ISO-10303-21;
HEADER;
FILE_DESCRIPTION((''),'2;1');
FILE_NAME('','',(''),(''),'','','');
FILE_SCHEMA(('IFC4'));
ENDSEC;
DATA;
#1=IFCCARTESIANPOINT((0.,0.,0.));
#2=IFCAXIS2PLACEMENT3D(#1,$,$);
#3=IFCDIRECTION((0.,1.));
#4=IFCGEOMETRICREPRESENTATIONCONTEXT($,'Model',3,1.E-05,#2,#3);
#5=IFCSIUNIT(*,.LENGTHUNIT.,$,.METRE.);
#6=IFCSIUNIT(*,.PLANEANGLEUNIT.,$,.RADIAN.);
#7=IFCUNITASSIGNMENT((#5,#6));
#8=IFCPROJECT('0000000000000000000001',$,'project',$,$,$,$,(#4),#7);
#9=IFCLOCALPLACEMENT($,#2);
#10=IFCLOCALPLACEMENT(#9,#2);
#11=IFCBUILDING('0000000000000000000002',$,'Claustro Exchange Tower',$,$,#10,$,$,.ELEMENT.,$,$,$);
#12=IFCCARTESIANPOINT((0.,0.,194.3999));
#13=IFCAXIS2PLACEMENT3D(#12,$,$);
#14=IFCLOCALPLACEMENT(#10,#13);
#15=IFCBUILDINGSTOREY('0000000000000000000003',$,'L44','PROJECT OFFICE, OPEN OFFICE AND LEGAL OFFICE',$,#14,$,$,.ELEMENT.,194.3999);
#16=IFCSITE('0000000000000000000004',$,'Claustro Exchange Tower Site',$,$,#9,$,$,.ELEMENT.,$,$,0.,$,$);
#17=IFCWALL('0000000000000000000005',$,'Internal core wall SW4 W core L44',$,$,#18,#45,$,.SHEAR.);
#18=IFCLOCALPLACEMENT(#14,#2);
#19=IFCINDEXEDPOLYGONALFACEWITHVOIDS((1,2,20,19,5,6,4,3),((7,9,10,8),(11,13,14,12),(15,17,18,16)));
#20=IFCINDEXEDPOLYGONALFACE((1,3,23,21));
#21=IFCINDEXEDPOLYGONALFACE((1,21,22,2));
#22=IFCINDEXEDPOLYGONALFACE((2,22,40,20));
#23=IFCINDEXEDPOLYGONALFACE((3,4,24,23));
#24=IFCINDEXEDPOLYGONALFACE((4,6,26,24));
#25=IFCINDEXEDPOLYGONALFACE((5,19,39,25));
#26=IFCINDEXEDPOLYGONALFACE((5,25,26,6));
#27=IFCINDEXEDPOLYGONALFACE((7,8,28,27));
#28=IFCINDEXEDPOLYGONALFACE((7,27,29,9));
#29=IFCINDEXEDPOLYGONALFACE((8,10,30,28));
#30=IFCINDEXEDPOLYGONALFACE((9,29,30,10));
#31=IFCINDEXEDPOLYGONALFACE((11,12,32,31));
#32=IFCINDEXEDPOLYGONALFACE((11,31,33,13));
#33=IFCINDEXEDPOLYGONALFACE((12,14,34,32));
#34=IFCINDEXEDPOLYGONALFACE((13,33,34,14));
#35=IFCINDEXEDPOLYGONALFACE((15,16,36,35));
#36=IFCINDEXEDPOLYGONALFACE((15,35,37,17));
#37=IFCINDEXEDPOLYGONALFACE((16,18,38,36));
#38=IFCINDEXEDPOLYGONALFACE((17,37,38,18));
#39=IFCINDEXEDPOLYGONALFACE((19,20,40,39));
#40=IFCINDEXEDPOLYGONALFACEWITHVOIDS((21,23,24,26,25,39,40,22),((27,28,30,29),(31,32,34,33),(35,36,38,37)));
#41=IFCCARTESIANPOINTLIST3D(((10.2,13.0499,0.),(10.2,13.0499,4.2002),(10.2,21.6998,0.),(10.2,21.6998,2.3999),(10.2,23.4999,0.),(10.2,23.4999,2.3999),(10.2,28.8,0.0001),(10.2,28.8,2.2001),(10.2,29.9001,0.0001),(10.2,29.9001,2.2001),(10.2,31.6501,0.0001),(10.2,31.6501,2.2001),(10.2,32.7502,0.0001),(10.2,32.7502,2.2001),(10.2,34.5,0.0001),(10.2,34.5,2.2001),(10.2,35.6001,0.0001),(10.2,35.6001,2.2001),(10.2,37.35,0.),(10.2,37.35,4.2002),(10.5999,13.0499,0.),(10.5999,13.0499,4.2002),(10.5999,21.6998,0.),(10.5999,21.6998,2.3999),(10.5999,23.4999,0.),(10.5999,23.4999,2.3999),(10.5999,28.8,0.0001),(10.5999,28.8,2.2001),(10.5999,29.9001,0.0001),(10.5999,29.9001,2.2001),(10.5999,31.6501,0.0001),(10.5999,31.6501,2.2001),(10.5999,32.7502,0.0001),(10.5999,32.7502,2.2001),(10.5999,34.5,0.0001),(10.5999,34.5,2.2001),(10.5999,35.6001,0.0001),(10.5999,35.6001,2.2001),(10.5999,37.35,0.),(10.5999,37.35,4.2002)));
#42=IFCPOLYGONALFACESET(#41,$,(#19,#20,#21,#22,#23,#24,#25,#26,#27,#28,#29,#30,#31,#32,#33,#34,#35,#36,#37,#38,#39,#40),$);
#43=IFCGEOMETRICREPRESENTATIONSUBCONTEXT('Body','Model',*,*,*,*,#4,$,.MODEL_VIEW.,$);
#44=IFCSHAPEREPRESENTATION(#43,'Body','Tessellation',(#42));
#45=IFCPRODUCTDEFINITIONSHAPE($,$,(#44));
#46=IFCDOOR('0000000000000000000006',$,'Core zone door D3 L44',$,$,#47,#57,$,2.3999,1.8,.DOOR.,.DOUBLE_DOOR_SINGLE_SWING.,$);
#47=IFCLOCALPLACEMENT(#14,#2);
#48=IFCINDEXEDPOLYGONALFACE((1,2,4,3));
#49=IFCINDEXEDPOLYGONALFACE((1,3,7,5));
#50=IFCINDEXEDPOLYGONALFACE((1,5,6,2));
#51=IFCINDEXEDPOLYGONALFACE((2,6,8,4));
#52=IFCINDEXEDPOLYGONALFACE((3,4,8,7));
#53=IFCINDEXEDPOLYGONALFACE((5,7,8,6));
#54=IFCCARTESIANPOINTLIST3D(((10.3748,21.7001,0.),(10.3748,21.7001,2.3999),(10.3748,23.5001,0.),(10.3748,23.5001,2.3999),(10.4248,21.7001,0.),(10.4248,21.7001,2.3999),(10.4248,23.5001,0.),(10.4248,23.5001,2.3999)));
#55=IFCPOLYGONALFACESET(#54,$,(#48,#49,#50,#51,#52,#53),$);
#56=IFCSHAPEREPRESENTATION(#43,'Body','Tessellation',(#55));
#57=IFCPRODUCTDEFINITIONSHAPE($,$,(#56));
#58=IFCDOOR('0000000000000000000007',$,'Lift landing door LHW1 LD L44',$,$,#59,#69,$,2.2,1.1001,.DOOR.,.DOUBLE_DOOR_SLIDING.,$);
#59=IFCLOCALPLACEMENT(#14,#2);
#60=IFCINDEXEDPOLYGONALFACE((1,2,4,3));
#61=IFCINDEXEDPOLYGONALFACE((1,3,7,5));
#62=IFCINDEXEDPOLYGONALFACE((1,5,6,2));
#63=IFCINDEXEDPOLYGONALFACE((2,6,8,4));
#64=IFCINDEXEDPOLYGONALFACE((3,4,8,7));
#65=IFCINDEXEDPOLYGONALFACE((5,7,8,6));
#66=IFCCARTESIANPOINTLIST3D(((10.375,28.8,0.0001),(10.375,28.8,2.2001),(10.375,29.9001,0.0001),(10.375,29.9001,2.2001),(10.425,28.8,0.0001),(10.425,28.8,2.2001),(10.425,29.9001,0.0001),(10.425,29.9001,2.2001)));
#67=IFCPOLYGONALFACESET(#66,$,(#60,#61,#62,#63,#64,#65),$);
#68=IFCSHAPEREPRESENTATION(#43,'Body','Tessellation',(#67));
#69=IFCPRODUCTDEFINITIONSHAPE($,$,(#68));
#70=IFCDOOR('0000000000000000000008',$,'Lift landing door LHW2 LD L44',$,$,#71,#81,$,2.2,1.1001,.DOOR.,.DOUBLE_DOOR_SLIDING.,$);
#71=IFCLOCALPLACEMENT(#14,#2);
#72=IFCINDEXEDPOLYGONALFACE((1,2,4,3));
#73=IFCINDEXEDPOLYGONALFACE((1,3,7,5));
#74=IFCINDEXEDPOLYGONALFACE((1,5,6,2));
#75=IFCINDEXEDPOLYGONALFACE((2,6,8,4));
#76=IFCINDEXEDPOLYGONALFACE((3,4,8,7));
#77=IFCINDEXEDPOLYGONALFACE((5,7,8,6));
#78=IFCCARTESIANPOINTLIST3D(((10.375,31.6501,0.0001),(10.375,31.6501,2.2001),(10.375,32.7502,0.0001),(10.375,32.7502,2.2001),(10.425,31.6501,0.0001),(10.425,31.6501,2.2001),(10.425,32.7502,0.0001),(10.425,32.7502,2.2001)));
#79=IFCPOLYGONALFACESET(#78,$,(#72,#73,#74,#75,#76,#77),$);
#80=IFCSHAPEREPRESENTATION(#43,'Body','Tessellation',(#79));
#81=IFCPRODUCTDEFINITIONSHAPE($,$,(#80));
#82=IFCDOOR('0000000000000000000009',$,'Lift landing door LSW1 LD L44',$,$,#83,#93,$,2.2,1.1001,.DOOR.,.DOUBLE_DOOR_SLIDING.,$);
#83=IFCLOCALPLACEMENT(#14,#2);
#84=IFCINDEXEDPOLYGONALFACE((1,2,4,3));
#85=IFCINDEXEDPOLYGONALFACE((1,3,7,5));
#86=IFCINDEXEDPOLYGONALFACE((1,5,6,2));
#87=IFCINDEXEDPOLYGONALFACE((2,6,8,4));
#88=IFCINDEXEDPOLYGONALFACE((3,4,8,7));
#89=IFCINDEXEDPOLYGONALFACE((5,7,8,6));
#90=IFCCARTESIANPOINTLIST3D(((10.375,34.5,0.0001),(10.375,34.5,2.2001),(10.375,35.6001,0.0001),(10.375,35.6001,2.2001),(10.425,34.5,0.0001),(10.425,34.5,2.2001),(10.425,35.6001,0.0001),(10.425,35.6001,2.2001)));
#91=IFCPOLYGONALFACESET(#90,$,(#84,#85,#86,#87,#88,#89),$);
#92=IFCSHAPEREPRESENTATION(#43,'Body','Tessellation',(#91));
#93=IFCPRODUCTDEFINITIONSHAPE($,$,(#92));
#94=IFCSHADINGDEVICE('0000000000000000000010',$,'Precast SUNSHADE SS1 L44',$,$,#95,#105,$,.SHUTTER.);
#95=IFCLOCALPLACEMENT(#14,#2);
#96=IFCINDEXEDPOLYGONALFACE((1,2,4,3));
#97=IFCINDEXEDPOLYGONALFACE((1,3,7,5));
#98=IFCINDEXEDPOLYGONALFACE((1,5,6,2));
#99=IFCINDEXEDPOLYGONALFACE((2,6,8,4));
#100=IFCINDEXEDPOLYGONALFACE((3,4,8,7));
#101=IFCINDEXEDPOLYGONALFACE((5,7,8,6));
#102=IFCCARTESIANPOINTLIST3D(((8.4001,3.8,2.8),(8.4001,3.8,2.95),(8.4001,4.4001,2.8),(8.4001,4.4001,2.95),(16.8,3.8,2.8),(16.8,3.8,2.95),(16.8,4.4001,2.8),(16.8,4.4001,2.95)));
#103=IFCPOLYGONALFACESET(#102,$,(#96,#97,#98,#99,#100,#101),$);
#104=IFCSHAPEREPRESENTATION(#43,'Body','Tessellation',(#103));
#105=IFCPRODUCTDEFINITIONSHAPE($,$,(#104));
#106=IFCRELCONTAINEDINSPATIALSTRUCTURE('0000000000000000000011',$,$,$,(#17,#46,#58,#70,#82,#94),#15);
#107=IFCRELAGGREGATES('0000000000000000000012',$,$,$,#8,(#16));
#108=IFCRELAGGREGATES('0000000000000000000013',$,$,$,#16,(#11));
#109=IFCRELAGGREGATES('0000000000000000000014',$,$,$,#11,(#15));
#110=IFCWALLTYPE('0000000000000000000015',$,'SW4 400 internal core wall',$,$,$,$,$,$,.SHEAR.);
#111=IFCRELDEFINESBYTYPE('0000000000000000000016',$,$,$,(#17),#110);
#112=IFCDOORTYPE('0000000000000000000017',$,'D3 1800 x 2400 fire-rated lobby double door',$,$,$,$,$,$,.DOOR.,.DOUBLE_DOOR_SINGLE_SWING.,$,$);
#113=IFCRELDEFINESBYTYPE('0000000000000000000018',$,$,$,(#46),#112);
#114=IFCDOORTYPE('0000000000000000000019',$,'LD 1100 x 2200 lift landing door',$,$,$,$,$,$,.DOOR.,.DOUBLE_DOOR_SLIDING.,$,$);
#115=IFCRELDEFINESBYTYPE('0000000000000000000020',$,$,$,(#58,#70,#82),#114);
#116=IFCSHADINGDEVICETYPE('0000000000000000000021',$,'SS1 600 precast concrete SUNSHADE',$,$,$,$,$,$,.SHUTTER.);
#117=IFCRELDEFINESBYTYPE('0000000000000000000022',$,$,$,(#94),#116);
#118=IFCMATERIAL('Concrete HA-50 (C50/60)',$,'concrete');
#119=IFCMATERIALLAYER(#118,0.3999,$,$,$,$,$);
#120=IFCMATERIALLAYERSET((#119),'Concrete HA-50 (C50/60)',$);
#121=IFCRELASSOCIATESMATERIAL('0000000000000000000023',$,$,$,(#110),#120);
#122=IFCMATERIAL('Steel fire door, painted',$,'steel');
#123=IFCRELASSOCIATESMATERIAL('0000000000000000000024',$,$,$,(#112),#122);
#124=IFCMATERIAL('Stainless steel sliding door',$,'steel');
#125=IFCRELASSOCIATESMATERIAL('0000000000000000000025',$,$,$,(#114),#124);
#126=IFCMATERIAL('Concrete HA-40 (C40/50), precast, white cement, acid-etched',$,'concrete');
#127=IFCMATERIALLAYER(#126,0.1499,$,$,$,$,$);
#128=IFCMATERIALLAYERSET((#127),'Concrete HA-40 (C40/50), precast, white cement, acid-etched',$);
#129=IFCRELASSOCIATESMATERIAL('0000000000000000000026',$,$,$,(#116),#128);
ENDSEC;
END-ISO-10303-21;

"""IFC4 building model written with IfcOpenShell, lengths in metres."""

from ifc_helpers import new_model, si_unit, direction, frame, frame_2d, origin, origin_2d, place, context, subcontext, project, spatial, rectangle, extrude, material, layer, layer_set, type_object, element, fill, save


model = new_model("IFC4")

# Units and contexts
model_context = context("Model", 3, precision=1e-05, world=origin(), true_north=direction((0.0, 1.0)))
body_context = subcontext(model_context, "Body", "Model", "MODEL_VIEW")
ifc_project = project(units=[si_unit("LENGTHUNIT", "METRE"), si_unit("PLANEANGLEUNIT", "RADIAN")], contexts=[model_context])

# Site, building, storey
site_placement = place(None, origin())
site = spatial("IfcSite", under=ifc_project, at=site_placement, Name="Claustro Exchange Tower Site", CompositionType="ELEMENT", RefElevation=0.0)
building_placement = place(site_placement, origin())
building = spatial("IfcBuilding", under=site, at=building_placement, Name="Claustro Exchange Tower", CompositionType="ELEMENT")
storey_placement = place(building_placement, frame((0.0, 0.0, 194.3999)))
storey = spatial("IfcBuildingStorey", under=building, at=storey_placement, Name="L44", Description="PROJECT OFFICE, OPEN OFFICE AND LEGAL OFFICE", CompositionType="ELEMENT", Elevation=194.3999)

# Wall, openings, doors
ifc_material_1 = material(Name="Concrete HA-50 (C50/60)", Category="concrete")
ifc_layer_1 = layer(ifc_material_1, 0.3999)
ifc_layer_set_1 = layer_set([ifc_layer_1], Name="Concrete HA-50 (C50/60)")
wall_type_1 = type_object("IfcWallType", Name="SW4 400 internal core wall", PredefinedType="SHEAR", material=ifc_layer_set_1)
wall_1_placement = place(storey_placement, frame((10.3999, 13.05, 0.0), z_axis=(0.0, 0.0, 1.0), x_axis=(0.0, 1.0, 0.0)))
wall_1 = element("IfcWall", 1, at=wall_1_placement, inside=storey, type_object=wall_type_1, Name="Internal core wall SW4 W core L44", PredefinedType="SHEAR", context=body_context, shape_type="SweptSolid", body=[
    extrude(rectangle(XDim=24.3, YDim=0.3999, at=frame_2d((12.1499, 0.0))), origin(), (0.0, 0.0, 1.0), 4.2002),
])
opening_1_placement = place(wall_1_placement, frame((15.75, 0.0, 0.0)))
opening_1 = element("IfcOpeningElement", 2, at=opening_1_placement, cuts=wall_1, PredefinedType="OPENING", context=body_context, shape_type="SweptSolid", body=[
    extrude(rectangle(XDim=1.1001, YDim=2.2, at=frame_2d((0.55, 1.1001))), frame((0.0, 0.21, 0.0), z_axis=(0.0, -1.0, 0.0), x_axis=(1.0, 0.0, 0.0)), (0.0, 0.0, 1.0), 0.4199),
])
opening_2_placement = place(wall_1_placement, frame((18.6001, 0.0, 0.0)))
opening_2 = element("IfcOpeningElement", 3, at=opening_2_placement, cuts=wall_1, PredefinedType="OPENING", context=body_context, shape_type="SweptSolid", body=[
    extrude(rectangle(XDim=1.1001, YDim=2.2, at=frame_2d((0.55, 1.1001))), frame((0.0, 0.21, 0.0), z_axis=(0.0, -1.0, 0.0), x_axis=(1.0, 0.0, 0.0)), (0.0, 0.0, 1.0), 0.4199),
])
opening_3_placement = place(wall_1_placement, frame((21.45, 0.0, 0.0)))
opening_3 = element("IfcOpeningElement", 4, at=opening_3_placement, cuts=wall_1, PredefinedType="OPENING", context=body_context, shape_type="SweptSolid", body=[
    extrude(rectangle(XDim=1.1001, YDim=2.2, at=frame_2d((0.55, 1.1001))), frame((0.0, 0.21, 0.0), z_axis=(0.0, -1.0, 0.0), x_axis=(1.0, 0.0, 0.0)), (0.0, 0.0, 1.0), 0.4199),
])
opening_4_placement = place(wall_1_placement, frame((8.6499, 0.0, 0.0)))
opening_4 = element("IfcOpeningElement", 5, at=opening_4_placement, cuts=wall_1, PredefinedType="OPENING", context=body_context, shape_type="SweptSolid", body=[
    extrude(rectangle(XDim=1.8, YDim=2.3999, at=frame_2d((0.8999, 1.2))), frame((0.0, 0.21, 0.0), z_axis=(0.0, -1.0, 0.0), x_axis=(1.0, 0.0, 0.0)), (0.0, 0.0, 1.0), 0.4199),
])
ifc_material_2 = material(Name="Steel fire door, painted", Category="steel")
door_type_1 = type_object("IfcDoorType", Name="D3 1800 x 2400 fire-rated lobby double door", OperationType="DOUBLE_DOOR_SINGLE_SWING", PredefinedType="DOOR", material=ifc_material_2)
door_1_placement = place(opening_4_placement, frame((1.8, 0.0, 0.0), z_axis=(0.0, 0.0, 1.0), x_axis=(-1.0, 0.0, 0.0)))
door_1 = element("IfcDoor", 6, at=door_1_placement, inside=storey, type_object=door_type_1, Name="Core zone door D3 L44", OperationType="DOUBLE_DOOR_SINGLE_SWING", OverallHeight=2.3999, OverallWidth=1.8, PredefinedType="DOOR", context=body_context, shape_type="SweptSolid", body=[
    extrude(rectangle(XDim=1.8, YDim=2.3999, at=frame_2d((0.8999, 1.2))), frame((0.0, 0.0249, 0.0), z_axis=(0.0, -1.0, 0.0), x_axis=(1.0, 0.0, 0.0)), (0.0, 0.0, 1.0), 0.05),
])
fill(opening_4, door_1)
ifc_material_3 = material(Name="Stainless steel sliding door", Category="steel")
door_type_2 = type_object("IfcDoorType", Name="LD 1100 x 2200 lift landing door", OperationType="DOUBLE_DOOR_SLIDING", PredefinedType="DOOR", material=ifc_material_3)
door_2_placement = place(opening_1_placement, origin())
door_2 = element("IfcDoor", 7, at=door_2_placement, inside=storey, type_object=door_type_2, Name="Lift landing door LHW1 LD L44", OperationType="DOUBLE_DOOR_SLIDING", OverallHeight=2.2, OverallWidth=1.1001, PredefinedType="DOOR", context=body_context, shape_type="SweptSolid", body=[
    extrude(rectangle(XDim=1.1001, YDim=2.2, at=frame_2d((0.55, 1.1001))), frame((0.0, 0.0249, 0.0), z_axis=(0.0, -1.0, 0.0), x_axis=(1.0, 0.0, 0.0)), (0.0, 0.0, 1.0), 0.05),
])
fill(opening_1, door_2)
door_3_placement = place(opening_2_placement, origin())
door_3 = element("IfcDoor", 8, at=door_3_placement, inside=storey, type_object=door_type_2, Name="Lift landing door LHW2 LD L44", OperationType="DOUBLE_DOOR_SLIDING", OverallHeight=2.2, OverallWidth=1.1001, PredefinedType="DOOR", context=body_context, shape_type="SweptSolid", body=[
    extrude(rectangle(XDim=1.1001, YDim=2.2, at=frame_2d((0.55, 1.1001))), frame((0.0, 0.0249, 0.0), z_axis=(0.0, -1.0, 0.0), x_axis=(1.0, 0.0, 0.0)), (0.0, 0.0, 1.0), 0.05),
])
fill(opening_2, door_3)
door_4_placement = place(opening_3_placement, origin())
door_4 = element("IfcDoor", 9, at=door_4_placement, inside=storey, type_object=door_type_2, Name="Lift landing door LSW1 LD L44", OperationType="DOUBLE_DOOR_SLIDING", OverallHeight=2.2, OverallWidth=1.1001, PredefinedType="DOOR", context=body_context, shape_type="SweptSolid", body=[
    extrude(rectangle(XDim=1.1001, YDim=2.2, at=frame_2d((0.55, 1.1001))), frame((0.0, 0.0249, 0.0), z_axis=(0.0, -1.0, 0.0), x_axis=(1.0, 0.0, 0.0)), (0.0, 0.0, 1.0), 0.05),
])
fill(opening_3, door_4)

# Shading device
ifc_material_4 = material(Name="Concrete HA-40 (C40/50), precast, white cement, acid-etched", Category="concrete")
ifc_layer_2 = layer(ifc_material_4, 0.1499)
ifc_layer_set_2 = layer_set([ifc_layer_2], Name="Concrete HA-40 (C40/50), precast, white cement, acid-etched")
shading_device_type = type_object("IfcShadingDeviceType", Name="SS1 600 precast concrete SUNSHADE", PredefinedType="SHUTTER", material=ifc_layer_set_2)
shading_device_placement = place(storey_placement, frame((12.6001, 4.1001, 2.8), z_axis=(0.0, 0.0, 1.0), x_axis=(-1.0, 0.0, 0.0)))
element("IfcShadingDevice", 10, at=shading_device_placement, inside=storey, type_object=shading_device_type, Name="Precast SUNSHADE SS1 L44", PredefinedType="SHUTTER", context=body_context, shape_type="SweptSolid", body=[
    extrude(rectangle(XDim=8.3999, YDim=0.6001, at=origin_2d()), origin(), (0.0, 0.0, 1.0), 0.1499),
])

save(model, "model.ifc")
